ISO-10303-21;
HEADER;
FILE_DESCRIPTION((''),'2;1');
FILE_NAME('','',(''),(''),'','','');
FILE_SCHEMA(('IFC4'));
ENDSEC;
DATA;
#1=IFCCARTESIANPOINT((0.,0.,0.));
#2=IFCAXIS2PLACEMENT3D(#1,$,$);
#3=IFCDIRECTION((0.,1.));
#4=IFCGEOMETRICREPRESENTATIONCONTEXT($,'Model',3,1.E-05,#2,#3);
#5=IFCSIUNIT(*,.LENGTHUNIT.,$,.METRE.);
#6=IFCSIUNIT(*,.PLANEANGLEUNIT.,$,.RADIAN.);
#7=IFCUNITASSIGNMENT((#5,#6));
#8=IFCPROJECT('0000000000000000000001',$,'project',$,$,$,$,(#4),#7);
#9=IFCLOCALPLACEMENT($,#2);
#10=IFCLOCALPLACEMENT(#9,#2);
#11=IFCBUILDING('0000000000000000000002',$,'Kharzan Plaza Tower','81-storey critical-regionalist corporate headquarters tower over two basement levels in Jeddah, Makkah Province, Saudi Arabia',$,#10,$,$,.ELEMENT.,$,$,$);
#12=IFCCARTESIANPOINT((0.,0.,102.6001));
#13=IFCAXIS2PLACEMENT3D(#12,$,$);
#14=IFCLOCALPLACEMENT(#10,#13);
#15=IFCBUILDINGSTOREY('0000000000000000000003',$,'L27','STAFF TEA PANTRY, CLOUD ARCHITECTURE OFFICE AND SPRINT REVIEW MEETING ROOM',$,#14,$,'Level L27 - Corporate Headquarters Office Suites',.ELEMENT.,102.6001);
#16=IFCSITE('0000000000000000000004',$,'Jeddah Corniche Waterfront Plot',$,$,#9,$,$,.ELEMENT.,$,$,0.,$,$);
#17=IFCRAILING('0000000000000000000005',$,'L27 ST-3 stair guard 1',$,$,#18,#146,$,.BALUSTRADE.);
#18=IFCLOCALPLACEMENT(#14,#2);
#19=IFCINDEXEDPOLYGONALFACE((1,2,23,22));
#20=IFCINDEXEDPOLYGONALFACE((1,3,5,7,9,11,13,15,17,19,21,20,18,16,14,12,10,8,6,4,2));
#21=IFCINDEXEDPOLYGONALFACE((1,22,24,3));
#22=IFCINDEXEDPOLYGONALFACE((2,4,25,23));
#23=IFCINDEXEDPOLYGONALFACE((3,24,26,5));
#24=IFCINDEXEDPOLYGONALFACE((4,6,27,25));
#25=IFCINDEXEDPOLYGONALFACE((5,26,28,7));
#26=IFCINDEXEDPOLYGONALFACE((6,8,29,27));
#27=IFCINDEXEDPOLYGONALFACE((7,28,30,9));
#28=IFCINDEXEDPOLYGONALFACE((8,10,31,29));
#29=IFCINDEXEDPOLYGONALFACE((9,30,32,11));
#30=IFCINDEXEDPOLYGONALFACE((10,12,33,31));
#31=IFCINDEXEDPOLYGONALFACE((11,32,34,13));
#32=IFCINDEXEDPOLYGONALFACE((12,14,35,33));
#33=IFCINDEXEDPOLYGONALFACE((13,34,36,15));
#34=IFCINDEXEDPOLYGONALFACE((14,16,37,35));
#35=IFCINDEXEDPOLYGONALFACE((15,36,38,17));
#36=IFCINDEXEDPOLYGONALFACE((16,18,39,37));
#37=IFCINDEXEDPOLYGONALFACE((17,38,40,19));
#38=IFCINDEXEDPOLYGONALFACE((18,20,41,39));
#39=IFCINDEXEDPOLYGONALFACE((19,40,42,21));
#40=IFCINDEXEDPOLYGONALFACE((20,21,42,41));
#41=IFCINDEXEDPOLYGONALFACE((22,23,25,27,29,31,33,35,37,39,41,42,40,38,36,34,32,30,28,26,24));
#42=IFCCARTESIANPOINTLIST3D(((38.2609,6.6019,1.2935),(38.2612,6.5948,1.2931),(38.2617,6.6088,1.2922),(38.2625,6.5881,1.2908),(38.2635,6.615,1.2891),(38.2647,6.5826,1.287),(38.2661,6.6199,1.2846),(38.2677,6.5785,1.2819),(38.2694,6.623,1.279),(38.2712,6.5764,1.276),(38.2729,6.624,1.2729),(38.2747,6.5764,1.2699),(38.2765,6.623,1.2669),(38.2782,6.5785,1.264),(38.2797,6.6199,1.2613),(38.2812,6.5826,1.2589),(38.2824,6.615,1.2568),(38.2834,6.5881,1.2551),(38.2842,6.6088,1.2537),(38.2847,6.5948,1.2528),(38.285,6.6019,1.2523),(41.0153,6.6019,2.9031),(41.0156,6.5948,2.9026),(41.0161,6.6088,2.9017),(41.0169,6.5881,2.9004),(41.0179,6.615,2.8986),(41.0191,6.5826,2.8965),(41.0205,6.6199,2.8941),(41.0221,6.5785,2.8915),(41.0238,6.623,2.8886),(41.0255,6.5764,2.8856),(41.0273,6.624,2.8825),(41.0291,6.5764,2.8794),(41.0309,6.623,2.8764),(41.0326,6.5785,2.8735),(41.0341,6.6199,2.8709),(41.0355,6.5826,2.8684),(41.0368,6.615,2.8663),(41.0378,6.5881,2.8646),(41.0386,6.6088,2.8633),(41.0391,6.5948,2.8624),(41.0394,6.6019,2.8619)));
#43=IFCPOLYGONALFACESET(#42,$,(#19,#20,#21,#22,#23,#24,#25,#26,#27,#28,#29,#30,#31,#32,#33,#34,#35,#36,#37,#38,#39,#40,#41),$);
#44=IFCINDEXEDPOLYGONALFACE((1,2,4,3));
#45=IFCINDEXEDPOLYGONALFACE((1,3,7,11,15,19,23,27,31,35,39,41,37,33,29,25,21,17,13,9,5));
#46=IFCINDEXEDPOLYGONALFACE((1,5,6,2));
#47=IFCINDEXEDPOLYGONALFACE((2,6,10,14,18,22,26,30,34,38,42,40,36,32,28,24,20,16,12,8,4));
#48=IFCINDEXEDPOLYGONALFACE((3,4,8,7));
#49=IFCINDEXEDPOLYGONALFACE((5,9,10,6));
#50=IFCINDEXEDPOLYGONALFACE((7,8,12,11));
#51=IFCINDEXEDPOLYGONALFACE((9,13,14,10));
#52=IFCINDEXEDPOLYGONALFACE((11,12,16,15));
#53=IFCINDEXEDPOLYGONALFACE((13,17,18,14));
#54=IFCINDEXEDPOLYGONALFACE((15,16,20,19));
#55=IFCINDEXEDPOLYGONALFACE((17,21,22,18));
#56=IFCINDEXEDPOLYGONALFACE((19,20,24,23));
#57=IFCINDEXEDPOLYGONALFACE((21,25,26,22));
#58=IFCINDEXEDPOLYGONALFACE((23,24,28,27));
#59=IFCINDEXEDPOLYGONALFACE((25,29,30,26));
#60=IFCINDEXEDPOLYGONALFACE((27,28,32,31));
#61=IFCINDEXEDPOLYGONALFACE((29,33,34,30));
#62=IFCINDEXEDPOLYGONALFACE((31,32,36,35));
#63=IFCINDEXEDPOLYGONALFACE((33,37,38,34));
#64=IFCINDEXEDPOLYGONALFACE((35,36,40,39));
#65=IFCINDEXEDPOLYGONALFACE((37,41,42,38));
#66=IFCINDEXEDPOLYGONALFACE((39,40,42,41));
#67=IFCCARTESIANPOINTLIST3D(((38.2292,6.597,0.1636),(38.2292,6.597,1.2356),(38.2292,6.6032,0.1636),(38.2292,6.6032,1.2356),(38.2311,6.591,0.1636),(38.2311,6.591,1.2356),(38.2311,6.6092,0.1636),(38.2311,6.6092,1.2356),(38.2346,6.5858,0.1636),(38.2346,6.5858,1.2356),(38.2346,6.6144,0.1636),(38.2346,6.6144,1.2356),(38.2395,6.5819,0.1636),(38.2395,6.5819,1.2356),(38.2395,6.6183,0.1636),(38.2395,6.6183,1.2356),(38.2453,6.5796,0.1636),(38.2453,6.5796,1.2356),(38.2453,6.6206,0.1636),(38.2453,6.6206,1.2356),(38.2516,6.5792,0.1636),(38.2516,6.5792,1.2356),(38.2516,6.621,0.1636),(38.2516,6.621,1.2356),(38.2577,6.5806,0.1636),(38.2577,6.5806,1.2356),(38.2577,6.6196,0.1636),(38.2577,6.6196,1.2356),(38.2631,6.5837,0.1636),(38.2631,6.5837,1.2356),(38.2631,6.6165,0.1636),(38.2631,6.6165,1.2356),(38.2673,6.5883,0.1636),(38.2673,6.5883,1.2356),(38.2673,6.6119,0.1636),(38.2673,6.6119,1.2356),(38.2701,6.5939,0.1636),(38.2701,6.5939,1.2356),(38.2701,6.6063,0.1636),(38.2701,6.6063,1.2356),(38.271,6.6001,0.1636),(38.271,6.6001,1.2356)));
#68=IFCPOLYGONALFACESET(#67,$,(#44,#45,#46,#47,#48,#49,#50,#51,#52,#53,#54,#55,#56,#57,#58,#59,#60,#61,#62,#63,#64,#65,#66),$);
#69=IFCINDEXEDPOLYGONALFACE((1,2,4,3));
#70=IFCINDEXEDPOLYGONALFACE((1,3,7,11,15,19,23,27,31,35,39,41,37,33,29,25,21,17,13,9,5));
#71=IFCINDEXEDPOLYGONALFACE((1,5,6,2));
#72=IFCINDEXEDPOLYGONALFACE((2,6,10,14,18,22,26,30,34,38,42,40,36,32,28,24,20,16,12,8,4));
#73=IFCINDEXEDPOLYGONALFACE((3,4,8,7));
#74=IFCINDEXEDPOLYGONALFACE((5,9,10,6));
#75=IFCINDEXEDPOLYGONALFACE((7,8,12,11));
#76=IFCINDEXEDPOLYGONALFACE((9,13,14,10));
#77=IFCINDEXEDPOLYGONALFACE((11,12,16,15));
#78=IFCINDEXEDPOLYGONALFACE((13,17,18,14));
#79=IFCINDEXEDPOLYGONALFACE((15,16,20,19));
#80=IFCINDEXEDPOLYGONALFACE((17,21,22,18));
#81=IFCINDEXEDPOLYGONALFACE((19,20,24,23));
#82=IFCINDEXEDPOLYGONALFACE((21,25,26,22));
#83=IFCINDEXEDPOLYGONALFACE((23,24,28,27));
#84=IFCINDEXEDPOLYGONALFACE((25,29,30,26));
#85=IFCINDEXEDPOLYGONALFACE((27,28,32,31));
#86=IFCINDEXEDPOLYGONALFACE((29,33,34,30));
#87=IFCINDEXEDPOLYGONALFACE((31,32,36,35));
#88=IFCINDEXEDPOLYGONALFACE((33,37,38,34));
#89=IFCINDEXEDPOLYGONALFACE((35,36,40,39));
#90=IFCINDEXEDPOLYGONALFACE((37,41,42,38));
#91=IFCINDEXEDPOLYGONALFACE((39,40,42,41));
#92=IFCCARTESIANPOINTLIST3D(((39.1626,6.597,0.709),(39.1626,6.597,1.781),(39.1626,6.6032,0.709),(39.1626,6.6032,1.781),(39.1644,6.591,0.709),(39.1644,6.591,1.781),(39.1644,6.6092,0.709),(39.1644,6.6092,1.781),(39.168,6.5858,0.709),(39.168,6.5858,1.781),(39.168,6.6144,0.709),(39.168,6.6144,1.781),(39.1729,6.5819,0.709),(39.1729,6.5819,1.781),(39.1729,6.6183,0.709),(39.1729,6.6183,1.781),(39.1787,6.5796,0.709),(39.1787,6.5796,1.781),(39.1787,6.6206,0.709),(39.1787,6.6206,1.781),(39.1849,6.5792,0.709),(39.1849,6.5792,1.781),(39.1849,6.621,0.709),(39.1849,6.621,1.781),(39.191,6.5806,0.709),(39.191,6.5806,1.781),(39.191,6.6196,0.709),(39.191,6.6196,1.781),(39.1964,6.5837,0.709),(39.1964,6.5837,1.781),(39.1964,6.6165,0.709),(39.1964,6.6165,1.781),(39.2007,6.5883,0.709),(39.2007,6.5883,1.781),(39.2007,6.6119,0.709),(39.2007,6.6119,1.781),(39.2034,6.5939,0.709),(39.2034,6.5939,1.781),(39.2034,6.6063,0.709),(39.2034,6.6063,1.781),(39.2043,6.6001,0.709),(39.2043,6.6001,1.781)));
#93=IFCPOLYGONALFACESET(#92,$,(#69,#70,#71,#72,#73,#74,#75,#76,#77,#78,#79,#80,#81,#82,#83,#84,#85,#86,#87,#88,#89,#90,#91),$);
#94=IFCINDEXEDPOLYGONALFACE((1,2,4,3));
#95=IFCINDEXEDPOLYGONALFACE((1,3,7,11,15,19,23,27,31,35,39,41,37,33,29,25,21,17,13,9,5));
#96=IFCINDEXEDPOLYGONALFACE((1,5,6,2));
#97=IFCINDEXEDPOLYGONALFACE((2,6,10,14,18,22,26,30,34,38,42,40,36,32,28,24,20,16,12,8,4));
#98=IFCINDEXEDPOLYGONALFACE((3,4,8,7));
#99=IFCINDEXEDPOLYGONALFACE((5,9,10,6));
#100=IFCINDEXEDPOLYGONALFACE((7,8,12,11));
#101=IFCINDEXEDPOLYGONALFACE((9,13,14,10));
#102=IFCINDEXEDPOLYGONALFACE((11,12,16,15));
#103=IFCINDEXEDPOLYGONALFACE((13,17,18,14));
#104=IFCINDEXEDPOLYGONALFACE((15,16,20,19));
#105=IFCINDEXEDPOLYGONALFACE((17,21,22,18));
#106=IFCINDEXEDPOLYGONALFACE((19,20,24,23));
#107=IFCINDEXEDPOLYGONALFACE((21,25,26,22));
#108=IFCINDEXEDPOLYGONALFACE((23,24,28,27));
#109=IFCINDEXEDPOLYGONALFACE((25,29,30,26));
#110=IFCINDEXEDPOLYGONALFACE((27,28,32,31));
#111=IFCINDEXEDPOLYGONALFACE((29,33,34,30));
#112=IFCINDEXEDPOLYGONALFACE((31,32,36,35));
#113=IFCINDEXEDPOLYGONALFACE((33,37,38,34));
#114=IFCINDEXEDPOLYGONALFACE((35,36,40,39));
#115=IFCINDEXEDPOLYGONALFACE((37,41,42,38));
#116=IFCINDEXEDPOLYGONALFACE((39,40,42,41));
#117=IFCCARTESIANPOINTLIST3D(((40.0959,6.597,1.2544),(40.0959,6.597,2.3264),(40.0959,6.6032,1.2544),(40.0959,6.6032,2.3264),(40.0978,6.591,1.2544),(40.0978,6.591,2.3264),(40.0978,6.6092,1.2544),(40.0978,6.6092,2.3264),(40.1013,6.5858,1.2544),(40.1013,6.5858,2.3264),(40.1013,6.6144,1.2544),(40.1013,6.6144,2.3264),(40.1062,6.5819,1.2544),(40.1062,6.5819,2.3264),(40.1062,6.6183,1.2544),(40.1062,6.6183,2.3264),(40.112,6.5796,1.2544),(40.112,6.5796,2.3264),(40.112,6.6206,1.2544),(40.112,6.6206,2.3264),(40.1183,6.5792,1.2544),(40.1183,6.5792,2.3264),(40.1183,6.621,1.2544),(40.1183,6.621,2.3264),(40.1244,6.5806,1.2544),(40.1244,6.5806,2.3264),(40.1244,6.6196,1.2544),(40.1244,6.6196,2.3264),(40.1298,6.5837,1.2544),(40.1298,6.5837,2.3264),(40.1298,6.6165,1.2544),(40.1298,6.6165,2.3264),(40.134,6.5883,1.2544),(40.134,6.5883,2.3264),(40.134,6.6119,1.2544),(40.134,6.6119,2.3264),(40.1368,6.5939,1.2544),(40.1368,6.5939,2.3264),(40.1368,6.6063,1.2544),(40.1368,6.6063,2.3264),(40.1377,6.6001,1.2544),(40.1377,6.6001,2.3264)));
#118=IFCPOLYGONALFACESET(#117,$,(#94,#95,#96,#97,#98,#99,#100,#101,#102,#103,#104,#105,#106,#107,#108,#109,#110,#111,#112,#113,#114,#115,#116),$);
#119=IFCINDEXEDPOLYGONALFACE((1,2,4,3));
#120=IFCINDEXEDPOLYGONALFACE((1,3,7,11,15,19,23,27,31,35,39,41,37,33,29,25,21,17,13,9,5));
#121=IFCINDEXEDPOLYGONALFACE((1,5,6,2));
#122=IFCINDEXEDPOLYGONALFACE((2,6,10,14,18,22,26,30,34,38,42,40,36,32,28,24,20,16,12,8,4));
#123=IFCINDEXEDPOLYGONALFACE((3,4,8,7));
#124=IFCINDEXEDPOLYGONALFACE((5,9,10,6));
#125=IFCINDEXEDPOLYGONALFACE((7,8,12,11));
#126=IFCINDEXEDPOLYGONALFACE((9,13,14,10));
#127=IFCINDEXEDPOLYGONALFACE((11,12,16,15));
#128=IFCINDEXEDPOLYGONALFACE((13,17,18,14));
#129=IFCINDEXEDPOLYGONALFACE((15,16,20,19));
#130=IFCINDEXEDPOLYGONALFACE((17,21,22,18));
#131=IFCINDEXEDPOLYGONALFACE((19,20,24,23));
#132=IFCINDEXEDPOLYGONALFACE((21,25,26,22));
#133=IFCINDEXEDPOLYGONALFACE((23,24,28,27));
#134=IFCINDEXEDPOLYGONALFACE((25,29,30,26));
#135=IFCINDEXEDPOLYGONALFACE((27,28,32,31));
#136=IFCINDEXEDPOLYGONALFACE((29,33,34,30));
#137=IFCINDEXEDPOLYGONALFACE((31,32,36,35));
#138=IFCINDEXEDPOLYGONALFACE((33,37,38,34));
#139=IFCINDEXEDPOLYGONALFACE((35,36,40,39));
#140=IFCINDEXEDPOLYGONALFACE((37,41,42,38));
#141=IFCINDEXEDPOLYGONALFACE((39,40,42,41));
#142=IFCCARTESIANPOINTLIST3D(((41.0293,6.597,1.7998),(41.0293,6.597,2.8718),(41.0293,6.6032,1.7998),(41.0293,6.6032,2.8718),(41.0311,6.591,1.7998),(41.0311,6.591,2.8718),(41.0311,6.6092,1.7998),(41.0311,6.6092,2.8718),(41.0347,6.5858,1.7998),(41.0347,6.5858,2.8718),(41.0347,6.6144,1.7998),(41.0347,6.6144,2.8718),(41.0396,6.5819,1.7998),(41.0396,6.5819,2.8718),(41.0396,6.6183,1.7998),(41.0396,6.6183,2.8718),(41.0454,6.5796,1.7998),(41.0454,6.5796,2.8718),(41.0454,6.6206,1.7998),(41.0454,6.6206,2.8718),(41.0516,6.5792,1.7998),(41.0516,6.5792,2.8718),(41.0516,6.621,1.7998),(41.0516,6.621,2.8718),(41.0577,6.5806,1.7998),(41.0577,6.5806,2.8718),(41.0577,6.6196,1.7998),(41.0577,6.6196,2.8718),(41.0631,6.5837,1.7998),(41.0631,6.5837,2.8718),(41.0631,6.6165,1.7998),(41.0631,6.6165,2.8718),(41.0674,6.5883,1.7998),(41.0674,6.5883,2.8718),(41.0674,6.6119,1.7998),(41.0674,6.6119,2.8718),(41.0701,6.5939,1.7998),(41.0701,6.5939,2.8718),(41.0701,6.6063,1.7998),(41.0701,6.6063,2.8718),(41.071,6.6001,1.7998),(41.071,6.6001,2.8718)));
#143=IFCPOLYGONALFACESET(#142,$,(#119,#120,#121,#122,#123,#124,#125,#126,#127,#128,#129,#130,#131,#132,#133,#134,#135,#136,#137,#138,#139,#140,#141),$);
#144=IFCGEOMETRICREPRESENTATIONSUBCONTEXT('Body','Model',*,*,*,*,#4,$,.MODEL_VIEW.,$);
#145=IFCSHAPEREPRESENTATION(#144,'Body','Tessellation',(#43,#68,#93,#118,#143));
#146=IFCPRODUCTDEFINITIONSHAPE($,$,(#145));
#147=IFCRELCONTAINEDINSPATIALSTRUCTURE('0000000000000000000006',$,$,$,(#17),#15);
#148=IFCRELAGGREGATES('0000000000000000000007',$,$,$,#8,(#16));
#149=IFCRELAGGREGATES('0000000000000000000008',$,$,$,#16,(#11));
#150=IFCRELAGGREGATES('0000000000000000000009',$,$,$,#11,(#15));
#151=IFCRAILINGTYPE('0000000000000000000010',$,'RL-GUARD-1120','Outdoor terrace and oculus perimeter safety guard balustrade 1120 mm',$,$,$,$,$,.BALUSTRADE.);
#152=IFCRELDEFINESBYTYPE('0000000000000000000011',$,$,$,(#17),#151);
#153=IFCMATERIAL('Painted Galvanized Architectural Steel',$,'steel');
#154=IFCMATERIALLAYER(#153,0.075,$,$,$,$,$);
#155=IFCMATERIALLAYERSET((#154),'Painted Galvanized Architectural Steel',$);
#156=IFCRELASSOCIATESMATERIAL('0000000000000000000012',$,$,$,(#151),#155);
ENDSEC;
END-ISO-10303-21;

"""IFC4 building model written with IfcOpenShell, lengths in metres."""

from ifc_helpers import new_model, si_unit, direction, frame, origin, origin_2d, place, context, subcontext, project, spatial, circle, extrude, source, transform, mapped, material, layer, layer_set, type_object, element, save


model = new_model("IFC4")

# Units and contexts
model_context = context("Model", 3, precision=1e-05, world=origin(), true_north=direction((0.0, 1.0)))
body_context = subcontext(model_context, "Body", "Model", "MODEL_VIEW")
ifc_project = project(units=[si_unit("LENGTHUNIT", "METRE"), si_unit("PLANEANGLEUNIT", "RADIAN")], contexts=[model_context])

# Site, building, storey
site_placement = place(None, origin())
site = spatial("IfcSite", under=ifc_project, at=site_placement, Name="Jeddah Corniche Waterfront Plot", CompositionType="ELEMENT", RefElevation=0.0)
building_placement = place(site_placement, origin())
building = spatial("IfcBuilding", under=site, at=building_placement, Name="Kharzan Plaza Tower", Description="81-storey critical-regionalist corporate headquarters tower over two basement levels in Jeddah, Makkah Province, Saudi Arabia", CompositionType="ELEMENT")
storey_placement = place(building_placement, frame((0.0, 0.0, 102.6001)))
storey = spatial("IfcBuildingStorey", under=building, at=storey_placement, Name="L27", Description="STAFF TEA PANTRY, CLOUD ARCHITECTURE OFFICE AND SPRINT REVIEW MEETING ROOM", LongName="Level L27 - Corporate Headquarters Office Suites", CompositionType="ELEMENT", Elevation=102.6001)

# Railing
ifc_material_1 = material(Name="Painted Galvanized Architectural Steel", Category="steel")
ifc_layer_1 = layer(ifc_material_1, 0.075)
ifc_layer_set_1 = layer_set([ifc_layer_1], Name="Painted Galvanized Architectural Steel")
railing_type_1 = type_object("IfcRailingType", Name="RL-GUARD-1120", Description="Outdoor terrace and oculus perimeter safety guard balustrade 1120 mm", PredefinedType="BALUSTRADE", material=ifc_layer_set_1)
shared_shape_1 = source(origin(), body_context, "Body", "SweptSolid", [
    extrude(circle(Radius=0.0239, at=origin_2d()), frame((0.0229, 0.0, 1.1094), z_axis=(0.863394, 0.0, 0.504531), x_axis=(0.0, 1.0, 0.0)), (0.0, 0.0, 1.0), 3.1902),
    extrude(circle(Radius=0.021, at=origin_2d()), origin(), (0.0, 0.0, 1.0), 1.072),
    extrude(circle(Radius=0.021, at=origin_2d()), frame((0.9333, 0.0, 0.5454)), (0.0, 0.0, 1.0), 1.072),
    extrude(circle(Radius=0.021, at=origin_2d()), frame((1.8667, 0.0, 1.0908)), (0.0, 0.0, 1.0), 1.072),
    extrude(circle(Radius=0.021, at=origin_2d()), frame((2.8, 0.0, 1.6362)), (0.0, 0.0, 1.0), 1.072),
])
railing_1_placement = place(storey_placement, frame((38.25, 6.6001, 0.1636)))
element("IfcRailing", 1, at=railing_1_placement, inside=storey, type_object=railing_type_1, Name="L27 ST-3 stair guard 1", PredefinedType="BALUSTRADE", context=body_context, shape_type="MappedRepresentation", body=[
    mapped(shared_shape_1, transform((0.0, 0.0, 0.0), x_axis=(1.0, 0.0, 0.0), y_axis=(0.0, 1.0, 0.0), z_axis=(0.0, 0.0, 1.0))),
])

save(model, "model.ifc")
